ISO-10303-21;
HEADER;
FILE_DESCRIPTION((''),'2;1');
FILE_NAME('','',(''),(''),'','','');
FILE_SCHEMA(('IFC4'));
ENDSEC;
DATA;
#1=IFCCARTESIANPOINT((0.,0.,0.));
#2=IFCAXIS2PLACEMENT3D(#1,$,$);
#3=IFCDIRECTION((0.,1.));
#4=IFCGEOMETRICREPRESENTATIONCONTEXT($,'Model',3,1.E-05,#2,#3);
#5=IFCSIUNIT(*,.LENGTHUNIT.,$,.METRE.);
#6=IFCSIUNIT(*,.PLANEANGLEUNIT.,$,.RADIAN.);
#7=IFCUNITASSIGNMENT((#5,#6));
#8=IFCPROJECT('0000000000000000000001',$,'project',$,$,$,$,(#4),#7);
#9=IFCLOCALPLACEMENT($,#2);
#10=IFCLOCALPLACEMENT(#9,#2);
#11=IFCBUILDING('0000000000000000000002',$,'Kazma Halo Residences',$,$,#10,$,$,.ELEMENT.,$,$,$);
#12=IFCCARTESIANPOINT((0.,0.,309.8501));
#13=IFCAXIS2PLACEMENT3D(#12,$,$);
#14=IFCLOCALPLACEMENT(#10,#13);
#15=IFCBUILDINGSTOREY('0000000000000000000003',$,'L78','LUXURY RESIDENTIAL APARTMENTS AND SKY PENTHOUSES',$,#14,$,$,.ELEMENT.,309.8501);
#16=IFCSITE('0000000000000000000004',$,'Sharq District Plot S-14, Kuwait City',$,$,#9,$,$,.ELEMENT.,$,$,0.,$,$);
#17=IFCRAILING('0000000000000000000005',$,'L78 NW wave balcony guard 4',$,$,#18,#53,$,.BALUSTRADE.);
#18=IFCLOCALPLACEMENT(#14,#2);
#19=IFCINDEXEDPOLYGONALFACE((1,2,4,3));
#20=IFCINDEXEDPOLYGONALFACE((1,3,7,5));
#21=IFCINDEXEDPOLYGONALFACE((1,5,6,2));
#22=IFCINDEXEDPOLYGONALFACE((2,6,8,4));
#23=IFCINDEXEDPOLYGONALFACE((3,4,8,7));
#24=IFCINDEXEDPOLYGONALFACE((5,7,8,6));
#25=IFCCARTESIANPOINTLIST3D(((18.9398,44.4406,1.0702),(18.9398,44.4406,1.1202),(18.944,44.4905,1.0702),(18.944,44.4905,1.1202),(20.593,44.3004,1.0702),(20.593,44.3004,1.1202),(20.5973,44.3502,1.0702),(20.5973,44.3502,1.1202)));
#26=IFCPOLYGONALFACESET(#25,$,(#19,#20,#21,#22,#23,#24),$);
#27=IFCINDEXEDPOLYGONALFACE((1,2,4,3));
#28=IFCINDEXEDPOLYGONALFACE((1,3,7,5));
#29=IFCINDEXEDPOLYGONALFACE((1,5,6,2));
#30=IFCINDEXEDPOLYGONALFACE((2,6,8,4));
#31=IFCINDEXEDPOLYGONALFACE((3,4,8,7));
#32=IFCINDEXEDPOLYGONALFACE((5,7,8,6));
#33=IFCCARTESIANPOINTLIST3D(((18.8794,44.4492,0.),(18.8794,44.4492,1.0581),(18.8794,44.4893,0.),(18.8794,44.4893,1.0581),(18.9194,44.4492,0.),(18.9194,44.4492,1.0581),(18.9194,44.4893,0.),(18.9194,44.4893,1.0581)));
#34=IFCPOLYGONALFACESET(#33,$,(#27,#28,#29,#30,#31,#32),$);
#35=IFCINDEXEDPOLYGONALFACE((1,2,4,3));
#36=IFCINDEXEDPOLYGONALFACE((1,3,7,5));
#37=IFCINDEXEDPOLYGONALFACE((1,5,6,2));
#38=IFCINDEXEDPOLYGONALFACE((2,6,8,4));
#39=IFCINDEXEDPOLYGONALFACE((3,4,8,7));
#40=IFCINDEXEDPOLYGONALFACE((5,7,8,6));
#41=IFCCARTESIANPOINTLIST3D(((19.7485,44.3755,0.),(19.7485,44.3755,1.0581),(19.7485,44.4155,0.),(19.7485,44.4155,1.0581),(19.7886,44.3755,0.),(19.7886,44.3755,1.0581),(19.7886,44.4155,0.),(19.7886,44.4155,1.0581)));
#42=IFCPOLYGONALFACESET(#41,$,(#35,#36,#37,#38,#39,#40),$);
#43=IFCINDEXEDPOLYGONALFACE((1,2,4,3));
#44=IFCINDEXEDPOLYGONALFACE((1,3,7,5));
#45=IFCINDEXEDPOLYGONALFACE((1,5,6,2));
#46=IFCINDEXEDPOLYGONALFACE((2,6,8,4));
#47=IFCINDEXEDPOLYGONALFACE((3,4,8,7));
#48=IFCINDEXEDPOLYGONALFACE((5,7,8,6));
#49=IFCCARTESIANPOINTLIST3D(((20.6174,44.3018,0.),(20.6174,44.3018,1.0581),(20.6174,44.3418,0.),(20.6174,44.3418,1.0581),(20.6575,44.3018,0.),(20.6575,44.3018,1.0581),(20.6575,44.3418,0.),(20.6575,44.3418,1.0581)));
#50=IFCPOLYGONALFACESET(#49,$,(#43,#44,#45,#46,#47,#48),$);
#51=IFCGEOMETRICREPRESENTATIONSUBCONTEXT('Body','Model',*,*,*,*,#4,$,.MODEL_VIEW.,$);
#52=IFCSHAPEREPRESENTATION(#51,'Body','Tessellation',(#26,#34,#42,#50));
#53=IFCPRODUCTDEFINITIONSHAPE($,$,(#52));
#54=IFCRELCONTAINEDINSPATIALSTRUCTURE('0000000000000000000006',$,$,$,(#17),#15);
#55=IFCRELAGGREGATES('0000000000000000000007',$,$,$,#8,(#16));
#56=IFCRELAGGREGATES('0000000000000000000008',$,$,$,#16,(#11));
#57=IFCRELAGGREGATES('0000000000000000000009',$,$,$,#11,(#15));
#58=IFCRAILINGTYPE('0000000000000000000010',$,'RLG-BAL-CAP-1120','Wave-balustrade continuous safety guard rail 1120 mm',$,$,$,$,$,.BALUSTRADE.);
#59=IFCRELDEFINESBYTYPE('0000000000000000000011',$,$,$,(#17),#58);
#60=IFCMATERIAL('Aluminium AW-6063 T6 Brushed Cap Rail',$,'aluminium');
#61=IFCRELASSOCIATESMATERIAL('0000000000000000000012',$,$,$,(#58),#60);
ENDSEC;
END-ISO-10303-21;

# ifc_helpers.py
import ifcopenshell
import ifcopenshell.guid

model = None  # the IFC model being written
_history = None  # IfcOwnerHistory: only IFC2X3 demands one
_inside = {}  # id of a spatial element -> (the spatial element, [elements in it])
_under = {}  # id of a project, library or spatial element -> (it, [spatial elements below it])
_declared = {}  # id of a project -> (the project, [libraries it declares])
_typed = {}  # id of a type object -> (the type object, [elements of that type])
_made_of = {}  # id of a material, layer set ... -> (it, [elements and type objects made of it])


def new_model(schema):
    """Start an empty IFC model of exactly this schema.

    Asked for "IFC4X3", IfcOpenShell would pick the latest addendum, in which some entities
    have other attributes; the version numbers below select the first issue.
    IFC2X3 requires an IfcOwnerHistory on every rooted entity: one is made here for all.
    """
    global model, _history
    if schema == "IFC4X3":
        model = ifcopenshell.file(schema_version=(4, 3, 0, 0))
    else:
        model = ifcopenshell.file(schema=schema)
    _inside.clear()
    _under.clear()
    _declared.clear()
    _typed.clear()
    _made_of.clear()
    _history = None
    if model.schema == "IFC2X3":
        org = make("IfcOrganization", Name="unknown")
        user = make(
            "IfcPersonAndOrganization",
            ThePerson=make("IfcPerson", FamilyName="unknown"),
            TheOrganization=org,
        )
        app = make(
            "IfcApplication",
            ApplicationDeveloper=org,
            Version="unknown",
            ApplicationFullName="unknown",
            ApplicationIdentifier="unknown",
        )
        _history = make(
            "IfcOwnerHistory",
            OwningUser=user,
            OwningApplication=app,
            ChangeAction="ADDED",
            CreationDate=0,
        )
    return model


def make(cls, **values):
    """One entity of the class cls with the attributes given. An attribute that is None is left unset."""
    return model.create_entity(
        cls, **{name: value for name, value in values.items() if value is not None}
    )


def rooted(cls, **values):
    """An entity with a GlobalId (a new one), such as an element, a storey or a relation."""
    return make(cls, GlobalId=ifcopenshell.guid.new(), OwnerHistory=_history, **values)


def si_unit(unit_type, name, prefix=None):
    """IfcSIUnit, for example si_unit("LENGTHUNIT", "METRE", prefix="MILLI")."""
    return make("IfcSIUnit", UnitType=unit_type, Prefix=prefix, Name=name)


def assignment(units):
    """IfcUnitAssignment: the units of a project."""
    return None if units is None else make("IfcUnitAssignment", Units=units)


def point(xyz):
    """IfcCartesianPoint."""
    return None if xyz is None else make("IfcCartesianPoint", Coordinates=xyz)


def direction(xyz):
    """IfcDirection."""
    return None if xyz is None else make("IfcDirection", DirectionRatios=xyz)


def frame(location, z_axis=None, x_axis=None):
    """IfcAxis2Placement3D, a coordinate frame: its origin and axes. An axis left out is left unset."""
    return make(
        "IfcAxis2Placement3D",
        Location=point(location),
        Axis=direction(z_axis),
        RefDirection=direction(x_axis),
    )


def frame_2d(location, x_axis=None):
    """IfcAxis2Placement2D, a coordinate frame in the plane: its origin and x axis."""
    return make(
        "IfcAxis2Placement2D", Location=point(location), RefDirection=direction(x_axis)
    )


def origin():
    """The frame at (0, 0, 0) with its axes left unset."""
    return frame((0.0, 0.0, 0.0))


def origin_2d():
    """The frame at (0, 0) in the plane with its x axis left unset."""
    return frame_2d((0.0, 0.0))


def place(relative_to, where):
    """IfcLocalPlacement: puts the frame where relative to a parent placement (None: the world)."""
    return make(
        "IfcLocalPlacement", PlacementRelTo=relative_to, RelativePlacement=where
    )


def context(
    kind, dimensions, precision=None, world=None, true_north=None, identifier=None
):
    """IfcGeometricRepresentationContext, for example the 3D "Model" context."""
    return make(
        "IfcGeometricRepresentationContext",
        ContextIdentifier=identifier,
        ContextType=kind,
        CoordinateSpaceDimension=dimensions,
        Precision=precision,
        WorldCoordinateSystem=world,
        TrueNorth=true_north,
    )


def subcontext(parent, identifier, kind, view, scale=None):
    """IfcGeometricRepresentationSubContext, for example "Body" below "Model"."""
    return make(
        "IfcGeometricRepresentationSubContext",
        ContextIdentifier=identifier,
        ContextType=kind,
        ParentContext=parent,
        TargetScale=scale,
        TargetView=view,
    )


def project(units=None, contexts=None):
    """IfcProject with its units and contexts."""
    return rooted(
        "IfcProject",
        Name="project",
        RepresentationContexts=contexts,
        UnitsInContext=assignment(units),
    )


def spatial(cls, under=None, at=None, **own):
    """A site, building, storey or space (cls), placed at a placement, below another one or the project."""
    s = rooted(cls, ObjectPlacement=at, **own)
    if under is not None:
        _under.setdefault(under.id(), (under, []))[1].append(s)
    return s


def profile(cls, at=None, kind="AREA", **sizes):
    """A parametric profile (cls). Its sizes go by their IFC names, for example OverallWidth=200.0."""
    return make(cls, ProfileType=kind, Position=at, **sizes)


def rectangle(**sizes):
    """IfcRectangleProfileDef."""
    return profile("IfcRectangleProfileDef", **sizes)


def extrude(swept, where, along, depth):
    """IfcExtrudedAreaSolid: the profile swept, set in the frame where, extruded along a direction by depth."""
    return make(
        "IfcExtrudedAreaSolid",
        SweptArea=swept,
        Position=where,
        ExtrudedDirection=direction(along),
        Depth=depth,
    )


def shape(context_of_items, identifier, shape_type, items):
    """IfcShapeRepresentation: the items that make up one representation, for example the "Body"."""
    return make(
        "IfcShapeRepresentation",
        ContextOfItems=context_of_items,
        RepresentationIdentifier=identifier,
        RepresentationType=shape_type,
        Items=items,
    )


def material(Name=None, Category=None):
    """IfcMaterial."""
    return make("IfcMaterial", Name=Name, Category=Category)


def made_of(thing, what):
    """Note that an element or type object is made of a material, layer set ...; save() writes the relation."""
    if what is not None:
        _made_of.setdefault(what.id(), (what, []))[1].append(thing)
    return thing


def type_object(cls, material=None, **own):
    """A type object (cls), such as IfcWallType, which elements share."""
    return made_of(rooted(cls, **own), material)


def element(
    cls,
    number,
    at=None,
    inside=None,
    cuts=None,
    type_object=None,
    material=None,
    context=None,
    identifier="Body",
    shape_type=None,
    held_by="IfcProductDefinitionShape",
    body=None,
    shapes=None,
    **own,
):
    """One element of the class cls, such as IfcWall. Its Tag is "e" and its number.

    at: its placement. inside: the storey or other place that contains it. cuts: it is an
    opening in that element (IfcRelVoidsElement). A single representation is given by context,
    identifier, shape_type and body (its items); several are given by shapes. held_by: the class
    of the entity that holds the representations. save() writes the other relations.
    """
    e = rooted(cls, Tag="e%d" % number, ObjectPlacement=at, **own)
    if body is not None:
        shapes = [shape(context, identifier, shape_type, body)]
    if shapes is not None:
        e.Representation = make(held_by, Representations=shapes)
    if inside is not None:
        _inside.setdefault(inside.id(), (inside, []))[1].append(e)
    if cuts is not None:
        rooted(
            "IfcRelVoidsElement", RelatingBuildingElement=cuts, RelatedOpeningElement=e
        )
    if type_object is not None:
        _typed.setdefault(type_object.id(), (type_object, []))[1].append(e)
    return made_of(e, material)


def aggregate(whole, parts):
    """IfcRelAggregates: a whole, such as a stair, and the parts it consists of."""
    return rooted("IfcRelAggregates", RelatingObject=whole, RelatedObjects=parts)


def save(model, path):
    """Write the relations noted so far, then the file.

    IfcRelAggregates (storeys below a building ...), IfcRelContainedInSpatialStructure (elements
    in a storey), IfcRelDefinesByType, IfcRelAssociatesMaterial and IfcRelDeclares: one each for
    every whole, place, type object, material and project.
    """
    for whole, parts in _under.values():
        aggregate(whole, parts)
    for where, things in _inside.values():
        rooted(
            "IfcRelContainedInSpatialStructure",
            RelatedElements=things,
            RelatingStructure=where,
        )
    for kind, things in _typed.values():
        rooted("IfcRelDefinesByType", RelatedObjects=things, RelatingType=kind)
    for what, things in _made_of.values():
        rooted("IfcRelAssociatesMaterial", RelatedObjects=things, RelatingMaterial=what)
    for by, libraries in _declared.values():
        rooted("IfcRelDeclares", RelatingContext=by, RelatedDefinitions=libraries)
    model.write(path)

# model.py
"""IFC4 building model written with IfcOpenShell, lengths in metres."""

from ifc_helpers import new_model, si_unit, direction, frame, origin, origin_2d, place, context, subcontext, project, spatial, rectangle, extrude, material, type_object, element, save


model = new_model("IFC4")

# Units and contexts
model_context = context("Model", 3, precision=1e-05, world=origin(), true_north=direction((0.0, 1.0)))
body_context = subcontext(model_context, "Body", "Model", "MODEL_VIEW")
ifc_project = project(units=[si_unit("LENGTHUNIT", "METRE"), si_unit("PLANEANGLEUNIT", "RADIAN")], contexts=[model_context])

# Site, building, storey
site_placement = place(None, origin())
site = spatial("IfcSite", under=ifc_project, at=site_placement, Name="Sharq District Plot S-14, Kuwait City", CompositionType="ELEMENT", RefElevation=0.0)
building_placement = place(site_placement, origin())
building = spatial("IfcBuilding", under=site, at=building_placement, Name="Kazma Halo Residences", CompositionType="ELEMENT")
storey_placement = place(building_placement, frame((0.0, 0.0, 309.8501)))
storey = spatial("IfcBuildingStorey", under=building, at=storey_placement, Name="L78", Description="LUXURY RESIDENTIAL APARTMENTS AND SKY PENTHOUSES", CompositionType="ELEMENT", Elevation=309.8501)

# Railing
ifc_material_1 = material(Name="Aluminium AW-6063 T6 Brushed Cap Rail", Category="aluminium")
railing_type = type_object("IfcRailingType", Name="RLG-BAL-CAP-1120", Description="Wave-balustrade continuous safety guard rail 1120 mm", PredefinedType="BALUSTRADE", material=ifc_material_1)
railing_placement = place(storey_placement, frame((18.8994, 44.4692, 0.0)))
element("IfcRailing", 1, at=railing_placement, inside=storey, type_object=railing_type, Name="L78 NW wave balcony guard 4", PredefinedType="BALUSTRADE", context=body_context, shape_type="SweptSolid", body=[
    extrude(rectangle(XDim=0.05, YDim=0.05, at=origin_2d()), frame((0.0425, -0.0037, 1.0952), z_axis=(0.99642, -0.08454, 0.0), x_axis=(0.08454, 0.99642, 0.0)), (0.0, 0.0, 1.0), 1.6592),
    extrude(rectangle(XDim=0.04, YDim=0.04, at=origin_2d()), origin(), (0.0, 0.0, 1.0), 1.0581),
    extrude(rectangle(XDim=0.04, YDim=0.04, at=origin_2d()), frame((0.8691, -0.0737, 0.0)), (0.0, 0.0, 1.0), 1.0581),
    extrude(rectangle(XDim=0.04, YDim=0.04, at=origin_2d()), frame((1.738, -0.1475, 0.0)), (0.0, 0.0, 1.0), 1.0581),
])

save(model, "model.ifc")
